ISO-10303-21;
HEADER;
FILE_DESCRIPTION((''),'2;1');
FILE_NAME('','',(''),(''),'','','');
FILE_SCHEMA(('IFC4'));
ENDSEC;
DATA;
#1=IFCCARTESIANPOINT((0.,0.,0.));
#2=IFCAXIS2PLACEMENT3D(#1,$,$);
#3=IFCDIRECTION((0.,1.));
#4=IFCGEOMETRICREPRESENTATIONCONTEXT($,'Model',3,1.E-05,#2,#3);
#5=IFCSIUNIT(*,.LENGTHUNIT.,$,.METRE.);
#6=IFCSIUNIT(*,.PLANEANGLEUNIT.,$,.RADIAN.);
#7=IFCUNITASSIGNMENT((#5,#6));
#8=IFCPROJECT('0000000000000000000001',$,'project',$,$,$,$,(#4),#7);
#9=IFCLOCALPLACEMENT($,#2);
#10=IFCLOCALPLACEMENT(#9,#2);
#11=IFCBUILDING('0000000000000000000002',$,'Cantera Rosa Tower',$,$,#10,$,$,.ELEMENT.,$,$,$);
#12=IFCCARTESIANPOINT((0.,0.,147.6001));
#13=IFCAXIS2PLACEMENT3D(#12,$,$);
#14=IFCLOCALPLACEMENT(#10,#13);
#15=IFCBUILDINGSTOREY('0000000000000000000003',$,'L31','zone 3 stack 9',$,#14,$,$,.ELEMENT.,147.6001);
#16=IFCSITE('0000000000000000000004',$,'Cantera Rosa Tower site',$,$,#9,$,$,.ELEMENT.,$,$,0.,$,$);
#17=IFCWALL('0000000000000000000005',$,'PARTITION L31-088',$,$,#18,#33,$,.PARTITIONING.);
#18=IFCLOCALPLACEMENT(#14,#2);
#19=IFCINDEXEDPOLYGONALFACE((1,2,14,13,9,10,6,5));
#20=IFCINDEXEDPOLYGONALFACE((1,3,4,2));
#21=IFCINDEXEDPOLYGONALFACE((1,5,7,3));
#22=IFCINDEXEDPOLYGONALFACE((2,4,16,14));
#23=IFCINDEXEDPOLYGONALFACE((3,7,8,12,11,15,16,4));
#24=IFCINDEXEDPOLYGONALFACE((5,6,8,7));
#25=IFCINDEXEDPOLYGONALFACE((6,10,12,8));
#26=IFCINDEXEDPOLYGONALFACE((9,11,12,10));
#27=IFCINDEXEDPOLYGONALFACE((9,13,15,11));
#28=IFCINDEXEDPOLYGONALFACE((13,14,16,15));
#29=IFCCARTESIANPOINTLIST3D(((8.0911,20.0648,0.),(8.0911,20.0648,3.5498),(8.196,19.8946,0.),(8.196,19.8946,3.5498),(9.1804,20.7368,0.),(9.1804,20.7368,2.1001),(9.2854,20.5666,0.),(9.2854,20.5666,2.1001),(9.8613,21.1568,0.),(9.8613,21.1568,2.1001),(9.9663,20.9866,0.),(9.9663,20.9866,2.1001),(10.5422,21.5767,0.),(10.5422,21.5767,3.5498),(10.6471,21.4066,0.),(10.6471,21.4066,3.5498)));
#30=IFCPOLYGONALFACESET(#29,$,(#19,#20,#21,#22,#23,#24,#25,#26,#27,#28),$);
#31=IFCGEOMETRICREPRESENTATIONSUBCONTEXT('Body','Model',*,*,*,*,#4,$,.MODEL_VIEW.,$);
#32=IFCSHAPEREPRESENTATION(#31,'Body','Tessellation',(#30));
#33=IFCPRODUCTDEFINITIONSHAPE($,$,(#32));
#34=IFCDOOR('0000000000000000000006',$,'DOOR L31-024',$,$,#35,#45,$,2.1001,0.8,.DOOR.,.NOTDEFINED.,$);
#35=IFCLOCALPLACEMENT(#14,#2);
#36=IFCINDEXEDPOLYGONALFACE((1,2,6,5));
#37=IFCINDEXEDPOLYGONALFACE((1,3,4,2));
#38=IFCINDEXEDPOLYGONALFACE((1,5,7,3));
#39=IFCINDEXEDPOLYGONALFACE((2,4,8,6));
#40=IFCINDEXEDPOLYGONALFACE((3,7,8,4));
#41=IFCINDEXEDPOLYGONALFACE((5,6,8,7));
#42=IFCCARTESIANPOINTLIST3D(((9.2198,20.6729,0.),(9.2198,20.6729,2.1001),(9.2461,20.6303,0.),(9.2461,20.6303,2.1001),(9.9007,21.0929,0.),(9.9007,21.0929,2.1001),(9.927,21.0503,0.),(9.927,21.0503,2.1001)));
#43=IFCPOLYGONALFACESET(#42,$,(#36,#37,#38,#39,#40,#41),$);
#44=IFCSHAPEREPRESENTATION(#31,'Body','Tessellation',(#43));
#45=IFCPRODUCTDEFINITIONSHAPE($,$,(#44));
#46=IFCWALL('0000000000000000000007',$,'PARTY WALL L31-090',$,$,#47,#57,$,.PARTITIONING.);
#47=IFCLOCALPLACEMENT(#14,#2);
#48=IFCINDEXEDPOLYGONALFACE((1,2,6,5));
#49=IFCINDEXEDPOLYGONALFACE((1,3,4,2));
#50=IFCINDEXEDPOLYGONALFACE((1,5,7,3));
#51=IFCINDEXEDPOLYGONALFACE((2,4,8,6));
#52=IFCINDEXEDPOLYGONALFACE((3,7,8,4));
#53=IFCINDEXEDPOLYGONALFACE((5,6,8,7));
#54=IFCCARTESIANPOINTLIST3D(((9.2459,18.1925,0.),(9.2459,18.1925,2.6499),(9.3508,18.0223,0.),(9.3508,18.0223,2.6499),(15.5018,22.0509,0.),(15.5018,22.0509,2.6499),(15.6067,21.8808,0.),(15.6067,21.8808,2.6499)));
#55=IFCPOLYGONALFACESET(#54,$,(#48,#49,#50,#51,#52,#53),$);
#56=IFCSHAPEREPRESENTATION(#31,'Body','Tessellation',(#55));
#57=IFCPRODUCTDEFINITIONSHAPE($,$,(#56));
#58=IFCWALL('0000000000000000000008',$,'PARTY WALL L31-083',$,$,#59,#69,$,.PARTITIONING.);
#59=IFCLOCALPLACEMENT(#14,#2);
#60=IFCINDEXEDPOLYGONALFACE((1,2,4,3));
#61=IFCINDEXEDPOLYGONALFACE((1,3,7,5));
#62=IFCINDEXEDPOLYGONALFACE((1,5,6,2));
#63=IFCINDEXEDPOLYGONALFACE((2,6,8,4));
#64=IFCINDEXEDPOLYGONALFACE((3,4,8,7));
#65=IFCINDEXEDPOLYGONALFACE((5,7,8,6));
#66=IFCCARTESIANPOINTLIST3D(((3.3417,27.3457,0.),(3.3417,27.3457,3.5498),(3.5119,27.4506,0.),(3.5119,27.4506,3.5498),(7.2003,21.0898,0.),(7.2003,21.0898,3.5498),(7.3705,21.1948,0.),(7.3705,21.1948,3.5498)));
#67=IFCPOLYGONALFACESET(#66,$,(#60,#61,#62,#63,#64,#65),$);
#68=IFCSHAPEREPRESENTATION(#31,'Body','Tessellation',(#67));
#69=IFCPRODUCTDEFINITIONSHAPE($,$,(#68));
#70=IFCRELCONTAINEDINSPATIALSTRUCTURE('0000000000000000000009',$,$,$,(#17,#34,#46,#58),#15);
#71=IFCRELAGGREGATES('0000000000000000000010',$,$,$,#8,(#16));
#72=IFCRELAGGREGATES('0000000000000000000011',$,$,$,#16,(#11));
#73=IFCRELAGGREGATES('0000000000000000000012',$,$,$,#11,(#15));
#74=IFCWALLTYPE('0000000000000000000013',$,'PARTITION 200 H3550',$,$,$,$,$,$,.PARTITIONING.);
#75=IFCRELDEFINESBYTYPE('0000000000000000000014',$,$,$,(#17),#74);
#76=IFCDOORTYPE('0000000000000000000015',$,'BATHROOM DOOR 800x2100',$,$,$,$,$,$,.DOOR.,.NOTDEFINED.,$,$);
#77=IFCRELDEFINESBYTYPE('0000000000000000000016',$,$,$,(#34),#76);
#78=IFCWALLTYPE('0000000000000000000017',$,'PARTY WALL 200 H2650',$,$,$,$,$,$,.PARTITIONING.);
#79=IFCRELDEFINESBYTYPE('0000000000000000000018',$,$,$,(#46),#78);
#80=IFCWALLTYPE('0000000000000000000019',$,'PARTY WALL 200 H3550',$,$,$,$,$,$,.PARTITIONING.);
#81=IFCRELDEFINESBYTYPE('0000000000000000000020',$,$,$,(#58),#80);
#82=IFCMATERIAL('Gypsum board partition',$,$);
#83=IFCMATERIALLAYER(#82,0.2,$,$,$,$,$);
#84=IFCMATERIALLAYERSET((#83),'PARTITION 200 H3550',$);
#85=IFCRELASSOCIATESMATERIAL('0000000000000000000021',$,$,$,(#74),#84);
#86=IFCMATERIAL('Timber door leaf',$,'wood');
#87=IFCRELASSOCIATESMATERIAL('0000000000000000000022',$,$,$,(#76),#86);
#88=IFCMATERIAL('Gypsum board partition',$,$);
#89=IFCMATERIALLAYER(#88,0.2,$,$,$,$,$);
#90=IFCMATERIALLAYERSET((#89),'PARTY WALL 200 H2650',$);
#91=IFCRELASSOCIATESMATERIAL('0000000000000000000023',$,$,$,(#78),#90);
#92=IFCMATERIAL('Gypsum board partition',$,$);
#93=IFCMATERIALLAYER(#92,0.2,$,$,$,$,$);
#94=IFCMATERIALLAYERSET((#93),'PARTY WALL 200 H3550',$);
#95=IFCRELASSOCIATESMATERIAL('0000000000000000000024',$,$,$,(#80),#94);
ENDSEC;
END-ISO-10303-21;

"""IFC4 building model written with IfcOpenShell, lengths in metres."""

from ifc_helpers import new_model, si_unit, direction, frame, frame_2d, origin, place, context, subcontext, project, spatial, rectangle, extrude, material, layer, layer_set, type_object, element, fill, save


model = new_model("IFC4")

# Units and contexts
model_context = context("Model", 3, precision=1e-05, world=origin(), true_north=direction((0.0, 1.0)))
body_context = subcontext(model_context, "Body", "Model", "MODEL_VIEW")
ifc_project = project(units=[si_unit("LENGTHUNIT", "METRE"), si_unit("PLANEANGLEUNIT", "RADIAN")], contexts=[model_context])

# Site, building, storey
site_placement = place(None, origin())
site = spatial("IfcSite", under=ifc_project, at=site_placement, Name="Cantera Rosa Tower site", CompositionType="ELEMENT", RefElevation=0.0)
building_placement = place(site_placement, origin())
building = spatial("IfcBuilding", under=site, at=building_placement, Name="Cantera Rosa Tower", CompositionType="ELEMENT")
storey_placement = place(building_placement, frame((0.0, 0.0, 147.6001)))
storey = spatial("IfcBuildingStorey", under=building, at=storey_placement, Name="L31", Description="zone 3 stack 9", CompositionType="ELEMENT", Elevation=147.6001)

# Shared definitions
ifc_material_1 = material(Name="Gypsum board partition")
ifc_layer_1 = layer(ifc_material_1, 0.2)
ifc_layer_set_1 = layer_set([ifc_layer_1], Name="PARTITION 200 H3550")
wall_type_1 = type_object("IfcWallType", Name="PARTITION 200 H3550", PredefinedType="PARTITIONING", material=ifc_layer_set_1)

# Wall, opening, door
wall_1_placement = place(storey_placement, frame((8.1436, 19.9797, 0.0), z_axis=(0.0, 0.0, 1.0), x_axis=(0.851108, 0.524991, 0.0)))
wall_1 = element("IfcWall", 1, at=wall_1_placement, inside=storey, type_object=wall_type_1, Name="PARTITION L31-088", PredefinedType="PARTITIONING", context=body_context, shape_type="SweptSolid", body=[
    extrude(rectangle(XDim=2.8799, YDim=0.2, at=frame_2d((1.4399, 0.0))), origin(), (0.0, 0.0, 1.0), 3.5498),
])
opening_1_placement = place(wall_1_placement, frame((1.28, 0.0, 0.0)))
opening_1 = element("IfcOpeningElement", 2, at=opening_1_placement, cuts=wall_1, PredefinedType="OPENING", context=body_context, shape_type="SweptSolid", body=[
    extrude(rectangle(XDim=0.8, YDim=2.1001, at=frame_2d((0.3999, 1.05))), frame((0.0, 0.1099, 0.0), z_axis=(0.0, -1.0, 0.0), x_axis=(1.0, 0.0, 0.0)), (0.0, 0.0, 1.0), 0.22),
])
ifc_material_2 = material(Name="Timber door leaf", Category="wood")
door_type_1 = type_object("IfcDoorType", Name="BATHROOM DOOR 800x2100", OperationType="NOTDEFINED", PredefinedType="DOOR", material=ifc_material_2)
door_1_placement = place(opening_1_placement, origin())
door_1 = element("IfcDoor", 3, at=door_1_placement, inside=storey, type_object=door_type_1, Name="DOOR L31-024", OperationType="NOTDEFINED", OverallHeight=2.1001, OverallWidth=0.8, PredefinedType="DOOR", context=body_context, shape_type="SweptSolid", body=[
    extrude(rectangle(XDim=0.8, YDim=2.1001, at=frame_2d((0.3999, 1.05))), frame((0.0, 0.0249, 0.0), z_axis=(0.0, -1.0, 0.0), x_axis=(1.0, 0.0, 0.0)), (0.0, 0.0, 1.0), 0.05),
])
fill(opening_1, door_1)

# Walls
ifc_material_3 = material(Name="Gypsum board partition")
ifc_layer_2 = layer(ifc_material_3, 0.2)
ifc_layer_set_2 = layer_set([ifc_layer_2], Name="PARTY WALL 200 H2650")
wall_type_2 = type_object("IfcWallType", Name="PARTY WALL 200 H2650", PredefinedType="PARTITIONING", material=ifc_layer_set_2)
wall_2_placement = place(storey_placement, frame((9.2983, 18.1074, 0.0), z_axis=(0.0, 0.0, 1.0), x_axis=(0.851133, 0.52495, 0.0)))
element("IfcWall", 4, at=wall_2_placement, inside=storey, type_object=wall_type_2, Name="PARTY WALL L31-090", PredefinedType="PARTITIONING", context=body_context, shape_type="SweptSolid", body=[
    extrude(rectangle(XDim=7.3501, YDim=0.2, at=frame_2d((3.675, 0.0))), origin(), (0.0, 0.0, 1.0), 2.6499),
])
ifc_material_4 = material(Name="Gypsum board partition")
ifc_layer_3 = layer(ifc_material_4, 0.2)
ifc_layer_set_3 = layer_set([ifc_layer_3], Name="PARTY WALL 200 H3550")
wall_type_3 = type_object("IfcWallType", Name="PARTY WALL 200 H3550", PredefinedType="PARTITIONING", material=ifc_layer_set_3)
wall_3_placement = place(storey_placement, frame((7.2854, 21.1423, 0.0), z_axis=(0.0, 0.0, 1.0), x_axis=(-0.524974, 0.851118, 0.0)))
element("IfcWall", 5, at=wall_3_placement, inside=storey, type_object=wall_type_3, Name="PARTY WALL L31-083", PredefinedType="PARTITIONING", context=body_context, shape_type="SweptSolid", body=[
    extrude(rectangle(XDim=7.3501, YDim=0.2, at=frame_2d((3.675, 0.0))), origin(), (0.0, 0.0, 1.0), 3.5498),
])

save(model, "model.ifc")
